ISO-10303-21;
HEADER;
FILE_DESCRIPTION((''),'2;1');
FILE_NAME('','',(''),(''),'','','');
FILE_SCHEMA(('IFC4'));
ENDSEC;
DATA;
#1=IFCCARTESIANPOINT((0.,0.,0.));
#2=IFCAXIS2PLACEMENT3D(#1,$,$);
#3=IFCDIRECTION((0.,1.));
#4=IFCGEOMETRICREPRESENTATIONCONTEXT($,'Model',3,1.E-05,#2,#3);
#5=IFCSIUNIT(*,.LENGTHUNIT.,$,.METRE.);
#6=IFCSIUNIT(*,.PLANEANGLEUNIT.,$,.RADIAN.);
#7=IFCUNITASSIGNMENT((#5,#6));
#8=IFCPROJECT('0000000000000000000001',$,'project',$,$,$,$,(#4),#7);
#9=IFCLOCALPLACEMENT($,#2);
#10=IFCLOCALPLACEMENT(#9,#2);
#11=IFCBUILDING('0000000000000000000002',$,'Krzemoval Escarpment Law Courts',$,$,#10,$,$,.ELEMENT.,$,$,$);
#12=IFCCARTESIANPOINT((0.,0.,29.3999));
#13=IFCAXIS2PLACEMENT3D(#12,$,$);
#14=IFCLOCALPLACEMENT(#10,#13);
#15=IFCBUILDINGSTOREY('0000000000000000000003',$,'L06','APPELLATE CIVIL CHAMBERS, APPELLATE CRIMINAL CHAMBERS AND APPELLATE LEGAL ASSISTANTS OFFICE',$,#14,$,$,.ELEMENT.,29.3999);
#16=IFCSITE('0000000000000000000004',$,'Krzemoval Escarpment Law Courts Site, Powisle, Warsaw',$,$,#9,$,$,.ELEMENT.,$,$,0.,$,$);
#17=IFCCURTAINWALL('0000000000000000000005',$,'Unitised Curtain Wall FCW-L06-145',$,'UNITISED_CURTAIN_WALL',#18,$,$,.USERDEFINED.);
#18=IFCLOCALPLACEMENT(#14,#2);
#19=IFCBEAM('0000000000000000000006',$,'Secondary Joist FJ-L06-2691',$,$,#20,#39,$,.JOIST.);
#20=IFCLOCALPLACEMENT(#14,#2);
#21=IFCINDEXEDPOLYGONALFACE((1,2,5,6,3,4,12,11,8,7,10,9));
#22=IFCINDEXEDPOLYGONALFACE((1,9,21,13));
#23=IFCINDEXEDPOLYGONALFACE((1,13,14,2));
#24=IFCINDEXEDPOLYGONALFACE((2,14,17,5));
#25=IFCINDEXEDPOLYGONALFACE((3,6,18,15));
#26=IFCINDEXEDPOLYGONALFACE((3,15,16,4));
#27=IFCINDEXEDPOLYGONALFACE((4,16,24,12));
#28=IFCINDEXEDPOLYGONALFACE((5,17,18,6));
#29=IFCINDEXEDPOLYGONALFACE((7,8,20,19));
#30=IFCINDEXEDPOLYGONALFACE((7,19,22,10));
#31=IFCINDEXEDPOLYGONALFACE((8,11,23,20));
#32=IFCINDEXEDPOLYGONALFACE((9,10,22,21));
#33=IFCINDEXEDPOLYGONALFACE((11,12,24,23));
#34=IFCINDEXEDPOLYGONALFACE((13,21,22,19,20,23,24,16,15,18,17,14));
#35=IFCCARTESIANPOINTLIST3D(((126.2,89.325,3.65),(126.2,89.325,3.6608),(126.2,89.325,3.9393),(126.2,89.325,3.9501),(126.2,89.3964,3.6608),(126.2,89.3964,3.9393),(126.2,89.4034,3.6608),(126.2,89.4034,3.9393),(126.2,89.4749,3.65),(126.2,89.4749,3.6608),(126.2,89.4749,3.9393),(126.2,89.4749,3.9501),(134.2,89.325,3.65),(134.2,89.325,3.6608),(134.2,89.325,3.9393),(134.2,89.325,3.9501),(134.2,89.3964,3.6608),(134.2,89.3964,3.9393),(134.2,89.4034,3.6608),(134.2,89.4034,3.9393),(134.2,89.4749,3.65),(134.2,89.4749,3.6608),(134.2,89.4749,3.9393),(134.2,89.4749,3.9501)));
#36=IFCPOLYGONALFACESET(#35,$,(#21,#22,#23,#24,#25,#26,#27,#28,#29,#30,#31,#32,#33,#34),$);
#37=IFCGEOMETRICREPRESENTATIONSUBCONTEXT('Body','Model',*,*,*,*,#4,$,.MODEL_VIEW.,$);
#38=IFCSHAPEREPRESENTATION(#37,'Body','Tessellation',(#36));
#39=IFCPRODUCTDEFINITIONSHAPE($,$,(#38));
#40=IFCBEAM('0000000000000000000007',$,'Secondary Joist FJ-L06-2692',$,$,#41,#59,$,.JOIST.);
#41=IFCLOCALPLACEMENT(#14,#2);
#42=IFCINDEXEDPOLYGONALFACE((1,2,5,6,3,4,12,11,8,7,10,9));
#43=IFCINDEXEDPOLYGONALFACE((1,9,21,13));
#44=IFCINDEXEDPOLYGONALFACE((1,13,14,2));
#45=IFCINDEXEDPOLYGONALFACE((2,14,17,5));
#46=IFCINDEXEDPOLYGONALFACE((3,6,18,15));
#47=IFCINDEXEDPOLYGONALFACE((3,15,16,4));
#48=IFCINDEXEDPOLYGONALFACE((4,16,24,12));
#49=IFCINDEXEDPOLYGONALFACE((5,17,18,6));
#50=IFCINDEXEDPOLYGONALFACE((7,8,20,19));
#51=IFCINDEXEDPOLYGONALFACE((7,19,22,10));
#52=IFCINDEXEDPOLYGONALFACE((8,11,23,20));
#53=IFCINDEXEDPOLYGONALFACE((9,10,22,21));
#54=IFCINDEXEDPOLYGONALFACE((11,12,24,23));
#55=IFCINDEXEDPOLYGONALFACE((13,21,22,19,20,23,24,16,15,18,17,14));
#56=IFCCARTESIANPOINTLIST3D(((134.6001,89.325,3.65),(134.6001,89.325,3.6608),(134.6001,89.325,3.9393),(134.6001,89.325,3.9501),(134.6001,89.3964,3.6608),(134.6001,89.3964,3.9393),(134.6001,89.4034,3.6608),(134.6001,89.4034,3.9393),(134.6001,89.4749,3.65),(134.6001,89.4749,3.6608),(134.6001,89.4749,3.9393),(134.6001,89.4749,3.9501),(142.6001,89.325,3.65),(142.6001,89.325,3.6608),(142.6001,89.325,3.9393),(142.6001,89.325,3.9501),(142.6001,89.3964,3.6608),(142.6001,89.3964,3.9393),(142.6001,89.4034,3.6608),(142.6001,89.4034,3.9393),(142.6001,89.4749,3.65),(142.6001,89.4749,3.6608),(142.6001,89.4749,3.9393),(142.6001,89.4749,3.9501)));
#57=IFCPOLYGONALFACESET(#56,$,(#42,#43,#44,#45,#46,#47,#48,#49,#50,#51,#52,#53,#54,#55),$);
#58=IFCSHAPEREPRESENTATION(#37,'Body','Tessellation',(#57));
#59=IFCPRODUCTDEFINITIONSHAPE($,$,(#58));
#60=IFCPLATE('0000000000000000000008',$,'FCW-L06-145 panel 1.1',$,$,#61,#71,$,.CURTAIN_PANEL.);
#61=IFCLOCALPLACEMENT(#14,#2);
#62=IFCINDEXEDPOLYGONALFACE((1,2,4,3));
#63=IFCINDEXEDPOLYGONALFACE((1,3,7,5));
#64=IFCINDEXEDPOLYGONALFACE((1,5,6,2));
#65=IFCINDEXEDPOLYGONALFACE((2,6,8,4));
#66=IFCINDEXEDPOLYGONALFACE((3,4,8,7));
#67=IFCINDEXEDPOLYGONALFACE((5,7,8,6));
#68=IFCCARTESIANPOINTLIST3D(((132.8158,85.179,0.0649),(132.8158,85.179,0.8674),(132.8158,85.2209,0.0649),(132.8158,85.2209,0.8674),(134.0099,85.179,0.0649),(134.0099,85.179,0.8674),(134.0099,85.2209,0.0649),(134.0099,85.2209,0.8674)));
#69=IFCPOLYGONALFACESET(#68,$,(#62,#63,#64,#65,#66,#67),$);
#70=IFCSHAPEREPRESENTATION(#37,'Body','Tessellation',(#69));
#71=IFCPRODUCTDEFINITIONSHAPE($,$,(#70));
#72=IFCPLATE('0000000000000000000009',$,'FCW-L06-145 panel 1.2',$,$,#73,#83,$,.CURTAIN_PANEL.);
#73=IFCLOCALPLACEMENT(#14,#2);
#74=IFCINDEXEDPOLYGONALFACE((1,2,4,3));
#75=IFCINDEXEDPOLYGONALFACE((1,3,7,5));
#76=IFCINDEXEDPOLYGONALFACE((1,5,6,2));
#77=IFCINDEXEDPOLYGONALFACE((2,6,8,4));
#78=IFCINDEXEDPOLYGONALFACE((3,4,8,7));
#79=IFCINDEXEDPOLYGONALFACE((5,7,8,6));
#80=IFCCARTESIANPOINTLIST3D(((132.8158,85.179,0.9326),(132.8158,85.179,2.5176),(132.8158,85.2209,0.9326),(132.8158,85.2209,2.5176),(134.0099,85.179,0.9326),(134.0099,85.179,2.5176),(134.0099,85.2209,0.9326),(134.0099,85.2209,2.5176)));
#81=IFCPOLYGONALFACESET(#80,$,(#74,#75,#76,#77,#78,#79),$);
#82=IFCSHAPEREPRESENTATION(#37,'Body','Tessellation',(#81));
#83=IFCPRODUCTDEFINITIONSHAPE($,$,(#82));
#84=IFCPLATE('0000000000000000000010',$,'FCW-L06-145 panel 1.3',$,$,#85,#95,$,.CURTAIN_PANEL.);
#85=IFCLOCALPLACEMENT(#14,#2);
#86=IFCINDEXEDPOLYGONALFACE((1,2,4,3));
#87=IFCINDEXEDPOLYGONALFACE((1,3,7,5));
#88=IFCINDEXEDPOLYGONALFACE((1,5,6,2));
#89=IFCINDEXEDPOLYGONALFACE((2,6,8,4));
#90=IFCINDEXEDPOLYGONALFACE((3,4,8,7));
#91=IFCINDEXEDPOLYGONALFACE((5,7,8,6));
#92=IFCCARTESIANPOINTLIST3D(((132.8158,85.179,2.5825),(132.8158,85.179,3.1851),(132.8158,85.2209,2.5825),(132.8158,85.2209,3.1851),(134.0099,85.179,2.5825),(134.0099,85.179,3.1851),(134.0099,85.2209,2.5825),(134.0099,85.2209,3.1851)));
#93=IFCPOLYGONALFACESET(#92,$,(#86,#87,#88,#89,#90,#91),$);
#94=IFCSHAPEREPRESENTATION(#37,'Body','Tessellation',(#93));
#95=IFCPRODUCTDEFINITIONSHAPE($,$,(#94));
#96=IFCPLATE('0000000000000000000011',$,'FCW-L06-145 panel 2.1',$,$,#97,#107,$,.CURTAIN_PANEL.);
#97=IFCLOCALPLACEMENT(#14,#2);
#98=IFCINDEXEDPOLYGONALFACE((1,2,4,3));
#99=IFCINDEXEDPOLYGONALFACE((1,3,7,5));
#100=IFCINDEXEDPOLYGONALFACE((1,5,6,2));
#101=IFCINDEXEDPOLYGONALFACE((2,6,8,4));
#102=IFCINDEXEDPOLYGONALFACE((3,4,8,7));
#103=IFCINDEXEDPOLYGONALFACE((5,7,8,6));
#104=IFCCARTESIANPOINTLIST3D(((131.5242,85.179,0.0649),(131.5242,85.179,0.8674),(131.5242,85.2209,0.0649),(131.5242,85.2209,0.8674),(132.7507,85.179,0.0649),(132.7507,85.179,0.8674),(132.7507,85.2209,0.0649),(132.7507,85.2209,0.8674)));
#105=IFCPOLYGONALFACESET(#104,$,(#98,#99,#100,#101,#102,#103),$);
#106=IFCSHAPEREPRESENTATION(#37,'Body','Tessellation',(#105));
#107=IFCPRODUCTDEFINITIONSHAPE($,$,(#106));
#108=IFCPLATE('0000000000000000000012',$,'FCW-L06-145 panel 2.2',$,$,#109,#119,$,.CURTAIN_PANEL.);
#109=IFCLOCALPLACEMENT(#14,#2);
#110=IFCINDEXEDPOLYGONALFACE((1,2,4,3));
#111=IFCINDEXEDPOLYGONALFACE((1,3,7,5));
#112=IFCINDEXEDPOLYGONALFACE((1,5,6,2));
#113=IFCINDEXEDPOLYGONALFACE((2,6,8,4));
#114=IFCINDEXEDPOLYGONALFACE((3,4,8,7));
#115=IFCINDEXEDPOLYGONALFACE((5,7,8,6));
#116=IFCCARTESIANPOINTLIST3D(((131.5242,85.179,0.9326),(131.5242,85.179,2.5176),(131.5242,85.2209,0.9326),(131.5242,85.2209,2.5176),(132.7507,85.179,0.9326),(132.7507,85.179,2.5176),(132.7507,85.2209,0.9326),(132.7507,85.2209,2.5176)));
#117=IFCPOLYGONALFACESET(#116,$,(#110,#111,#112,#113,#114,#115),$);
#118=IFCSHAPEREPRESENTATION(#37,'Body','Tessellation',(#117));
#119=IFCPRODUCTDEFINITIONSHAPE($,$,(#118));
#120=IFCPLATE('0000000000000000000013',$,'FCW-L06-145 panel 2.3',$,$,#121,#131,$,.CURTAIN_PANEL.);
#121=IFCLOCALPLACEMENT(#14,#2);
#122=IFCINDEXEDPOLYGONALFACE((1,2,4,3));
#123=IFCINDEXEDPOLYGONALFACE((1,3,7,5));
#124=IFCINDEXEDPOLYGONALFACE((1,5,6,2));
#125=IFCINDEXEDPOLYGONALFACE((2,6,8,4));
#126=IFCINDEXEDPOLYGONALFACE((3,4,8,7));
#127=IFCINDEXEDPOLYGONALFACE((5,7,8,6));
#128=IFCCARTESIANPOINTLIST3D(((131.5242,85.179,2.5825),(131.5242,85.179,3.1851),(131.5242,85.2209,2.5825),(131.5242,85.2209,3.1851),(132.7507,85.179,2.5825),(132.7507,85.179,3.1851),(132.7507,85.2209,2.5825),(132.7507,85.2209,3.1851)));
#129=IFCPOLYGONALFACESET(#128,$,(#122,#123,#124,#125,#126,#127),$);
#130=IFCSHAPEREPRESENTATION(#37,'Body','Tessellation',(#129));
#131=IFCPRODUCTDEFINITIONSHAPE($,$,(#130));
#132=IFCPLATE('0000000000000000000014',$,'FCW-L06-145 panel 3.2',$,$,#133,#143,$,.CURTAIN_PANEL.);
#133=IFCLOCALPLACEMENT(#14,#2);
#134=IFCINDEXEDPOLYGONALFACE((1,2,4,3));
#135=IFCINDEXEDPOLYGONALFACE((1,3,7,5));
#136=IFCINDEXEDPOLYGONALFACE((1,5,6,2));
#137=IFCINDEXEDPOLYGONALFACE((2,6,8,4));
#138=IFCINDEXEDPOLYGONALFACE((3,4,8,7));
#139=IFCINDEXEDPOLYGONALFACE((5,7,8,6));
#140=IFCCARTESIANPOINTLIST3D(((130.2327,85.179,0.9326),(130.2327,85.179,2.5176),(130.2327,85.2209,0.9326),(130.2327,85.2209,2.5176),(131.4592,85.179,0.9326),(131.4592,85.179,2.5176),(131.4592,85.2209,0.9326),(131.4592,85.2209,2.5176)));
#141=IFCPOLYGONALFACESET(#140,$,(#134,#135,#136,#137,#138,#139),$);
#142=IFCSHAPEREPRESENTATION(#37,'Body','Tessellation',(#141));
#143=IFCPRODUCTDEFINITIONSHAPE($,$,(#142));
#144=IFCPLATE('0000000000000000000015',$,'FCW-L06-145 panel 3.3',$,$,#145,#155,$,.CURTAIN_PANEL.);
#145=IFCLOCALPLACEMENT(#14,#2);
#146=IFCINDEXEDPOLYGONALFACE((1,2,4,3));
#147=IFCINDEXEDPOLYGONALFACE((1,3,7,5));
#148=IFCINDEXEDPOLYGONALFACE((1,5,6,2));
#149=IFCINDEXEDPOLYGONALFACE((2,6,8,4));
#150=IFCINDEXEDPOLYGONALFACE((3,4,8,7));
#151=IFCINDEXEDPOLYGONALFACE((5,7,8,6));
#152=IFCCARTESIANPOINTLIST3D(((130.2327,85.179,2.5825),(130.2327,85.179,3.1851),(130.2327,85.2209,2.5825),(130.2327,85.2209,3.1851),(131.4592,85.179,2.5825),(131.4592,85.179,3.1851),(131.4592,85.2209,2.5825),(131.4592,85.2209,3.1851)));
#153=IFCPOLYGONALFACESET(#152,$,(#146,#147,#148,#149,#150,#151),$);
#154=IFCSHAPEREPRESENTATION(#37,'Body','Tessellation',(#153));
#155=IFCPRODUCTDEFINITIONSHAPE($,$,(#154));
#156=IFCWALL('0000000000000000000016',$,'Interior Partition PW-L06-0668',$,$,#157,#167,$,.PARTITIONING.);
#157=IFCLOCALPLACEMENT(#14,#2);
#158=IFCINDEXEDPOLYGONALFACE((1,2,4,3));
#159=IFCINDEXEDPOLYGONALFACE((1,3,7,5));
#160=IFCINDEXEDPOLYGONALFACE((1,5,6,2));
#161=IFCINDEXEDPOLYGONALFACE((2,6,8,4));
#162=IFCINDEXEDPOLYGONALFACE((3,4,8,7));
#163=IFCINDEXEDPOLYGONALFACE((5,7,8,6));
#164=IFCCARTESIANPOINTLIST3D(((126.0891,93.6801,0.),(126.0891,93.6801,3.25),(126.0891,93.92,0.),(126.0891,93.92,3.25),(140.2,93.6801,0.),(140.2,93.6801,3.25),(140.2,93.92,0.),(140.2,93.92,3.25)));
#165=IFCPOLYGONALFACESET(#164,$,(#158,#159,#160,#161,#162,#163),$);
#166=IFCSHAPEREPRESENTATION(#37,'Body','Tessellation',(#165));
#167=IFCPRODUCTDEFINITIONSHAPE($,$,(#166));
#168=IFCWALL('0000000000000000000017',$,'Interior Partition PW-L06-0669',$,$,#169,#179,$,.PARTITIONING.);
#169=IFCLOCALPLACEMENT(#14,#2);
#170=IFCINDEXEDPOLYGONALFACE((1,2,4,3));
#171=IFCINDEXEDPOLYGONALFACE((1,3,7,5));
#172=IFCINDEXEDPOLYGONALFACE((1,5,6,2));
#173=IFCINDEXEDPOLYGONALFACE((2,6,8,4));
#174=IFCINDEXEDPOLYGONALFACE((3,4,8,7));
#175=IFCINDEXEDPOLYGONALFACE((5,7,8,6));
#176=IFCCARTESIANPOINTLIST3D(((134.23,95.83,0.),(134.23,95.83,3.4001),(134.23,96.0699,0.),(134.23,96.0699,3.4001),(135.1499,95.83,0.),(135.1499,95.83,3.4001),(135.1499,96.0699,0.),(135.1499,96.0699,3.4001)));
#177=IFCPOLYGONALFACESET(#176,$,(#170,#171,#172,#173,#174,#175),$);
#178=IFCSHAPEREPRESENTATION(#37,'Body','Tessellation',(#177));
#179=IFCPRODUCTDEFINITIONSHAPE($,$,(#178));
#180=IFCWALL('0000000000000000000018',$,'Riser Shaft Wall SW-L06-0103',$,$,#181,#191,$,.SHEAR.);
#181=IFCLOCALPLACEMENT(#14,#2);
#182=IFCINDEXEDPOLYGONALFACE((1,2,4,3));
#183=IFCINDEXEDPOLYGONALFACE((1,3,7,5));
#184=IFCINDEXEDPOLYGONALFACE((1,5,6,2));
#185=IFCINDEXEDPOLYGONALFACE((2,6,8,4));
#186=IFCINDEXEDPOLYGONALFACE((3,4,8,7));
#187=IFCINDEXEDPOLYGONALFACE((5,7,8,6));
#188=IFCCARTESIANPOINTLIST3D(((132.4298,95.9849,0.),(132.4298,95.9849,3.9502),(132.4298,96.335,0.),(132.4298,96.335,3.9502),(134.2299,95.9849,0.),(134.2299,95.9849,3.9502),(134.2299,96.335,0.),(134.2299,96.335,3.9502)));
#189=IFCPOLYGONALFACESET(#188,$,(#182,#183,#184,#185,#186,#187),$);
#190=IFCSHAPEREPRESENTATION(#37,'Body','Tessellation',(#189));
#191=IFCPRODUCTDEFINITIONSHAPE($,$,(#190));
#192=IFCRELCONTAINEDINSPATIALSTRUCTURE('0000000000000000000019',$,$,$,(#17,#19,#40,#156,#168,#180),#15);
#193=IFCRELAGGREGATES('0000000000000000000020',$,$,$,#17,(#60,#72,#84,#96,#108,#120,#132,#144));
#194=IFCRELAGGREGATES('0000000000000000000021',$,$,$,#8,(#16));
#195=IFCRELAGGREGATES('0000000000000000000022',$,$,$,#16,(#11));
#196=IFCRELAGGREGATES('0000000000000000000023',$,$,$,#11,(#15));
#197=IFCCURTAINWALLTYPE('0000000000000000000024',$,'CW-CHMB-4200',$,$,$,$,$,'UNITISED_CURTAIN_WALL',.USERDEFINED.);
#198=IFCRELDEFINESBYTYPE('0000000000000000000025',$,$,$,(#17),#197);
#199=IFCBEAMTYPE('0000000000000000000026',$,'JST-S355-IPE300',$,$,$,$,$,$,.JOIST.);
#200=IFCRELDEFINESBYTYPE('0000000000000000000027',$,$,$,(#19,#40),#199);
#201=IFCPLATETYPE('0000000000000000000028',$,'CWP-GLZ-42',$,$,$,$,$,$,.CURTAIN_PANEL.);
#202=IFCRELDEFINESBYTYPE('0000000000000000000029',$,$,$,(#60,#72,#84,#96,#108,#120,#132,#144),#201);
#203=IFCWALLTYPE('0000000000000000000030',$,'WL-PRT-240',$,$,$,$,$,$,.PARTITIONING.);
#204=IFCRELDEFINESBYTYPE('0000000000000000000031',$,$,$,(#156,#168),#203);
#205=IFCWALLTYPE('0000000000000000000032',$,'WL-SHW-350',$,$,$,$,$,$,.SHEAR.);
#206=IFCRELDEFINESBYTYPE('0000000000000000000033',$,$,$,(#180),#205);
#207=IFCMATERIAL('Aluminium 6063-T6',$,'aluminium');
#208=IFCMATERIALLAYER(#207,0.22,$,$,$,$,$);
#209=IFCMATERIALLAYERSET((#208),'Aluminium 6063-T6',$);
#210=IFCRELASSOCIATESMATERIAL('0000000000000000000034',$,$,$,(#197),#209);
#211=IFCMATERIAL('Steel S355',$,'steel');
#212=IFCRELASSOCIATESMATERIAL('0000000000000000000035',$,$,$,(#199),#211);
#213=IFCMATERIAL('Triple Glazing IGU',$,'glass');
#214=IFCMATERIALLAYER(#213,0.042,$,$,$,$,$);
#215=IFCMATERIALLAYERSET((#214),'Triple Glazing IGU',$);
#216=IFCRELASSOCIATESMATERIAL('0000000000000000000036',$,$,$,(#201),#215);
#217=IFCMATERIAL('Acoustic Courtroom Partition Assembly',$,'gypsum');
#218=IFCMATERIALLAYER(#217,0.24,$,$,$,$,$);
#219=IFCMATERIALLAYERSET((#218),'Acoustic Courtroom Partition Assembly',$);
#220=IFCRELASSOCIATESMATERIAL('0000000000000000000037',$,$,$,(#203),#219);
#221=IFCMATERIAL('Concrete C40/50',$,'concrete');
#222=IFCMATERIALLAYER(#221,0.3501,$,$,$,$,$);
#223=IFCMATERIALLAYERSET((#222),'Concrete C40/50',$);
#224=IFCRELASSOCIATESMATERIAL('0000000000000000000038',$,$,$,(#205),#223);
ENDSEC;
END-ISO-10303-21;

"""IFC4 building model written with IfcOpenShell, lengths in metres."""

from ifc_helpers import new_model, si_unit, direction, frame, frame_2d, origin, origin_2d, place, context, subcontext, project, spatial, rectangle, i_section, extrude, material, layer, layer_set, material_profile, profile_set, type_object, element, aggregate, save


model = new_model("IFC4")

# Units and contexts
model_context = context("Model", 3, precision=1e-05, world=origin(), true_north=direction((0.0, 1.0)))
body_context = subcontext(model_context, "Body", "Model", "MODEL_VIEW")
ifc_project = project(units=[si_unit("LENGTHUNIT", "METRE"), si_unit("PLANEANGLEUNIT", "RADIAN")], contexts=[model_context])

# Site, building, storey
site_placement = place(None, origin())
site = spatial("IfcSite", under=ifc_project, at=site_placement, Name="Krzemoval Escarpment Law Courts Site, Powisle, Warsaw", CompositionType="ELEMENT", RefElevation=0.0)
building_placement = place(site_placement, origin())
building = spatial("IfcBuilding", under=site, at=building_placement, Name="Krzemoval Escarpment Law Courts", CompositionType="ELEMENT")
storey_placement = place(building_placement, frame((0.0, 0.0, 29.3999)))
storey = spatial("IfcBuildingStorey", under=building, at=storey_placement, Name="L06", Description="APPELLATE CIVIL CHAMBERS, APPELLATE CRIMINAL CHAMBERS AND APPELLATE LEGAL ASSISTANTS OFFICE", CompositionType="ELEMENT", Elevation=29.3999)

# Curtain wall
ifc_material_1 = material(Name="Aluminium 6063-T6", Category="aluminium")
ifc_layer_1 = layer(ifc_material_1, 0.22)
ifc_layer_set_1 = layer_set([ifc_layer_1], Name="Aluminium 6063-T6")
curtain_wall_type = type_object("IfcCurtainWallType", Name="CW-CHMB-4200", ElementType="UNITISED_CURTAIN_WALL", PredefinedType="USERDEFINED", material=ifc_layer_set_1)
curtain_wall_placement = place(storey_placement, origin())
curtain_wall = element("IfcCurtainWall", 1, at=curtain_wall_placement, inside=storey, type_object=curtain_wall_type, Name="Unitised Curtain Wall FCW-L06-145", ObjectType="UNITISED_CURTAIN_WALL", PredefinedType="USERDEFINED")

# Beams
ifc_material_2 = material(Name="Steel S355", Category="steel")
ifc_material_profile_1 = material_profile(ifc_material_2, i_section(OverallWidth=0.1499, OverallDepth=0.3, WebThickness=0.0071, FlangeThickness=0.0107, at=origin_2d()), Name="IPE 300")
ifc_profile_set_1 = profile_set([ifc_material_profile_1], Name="Steel S355")
beam_type_1 = type_object("IfcBeamType", Name="JST-S355-IPE300", PredefinedType="JOIST", material=ifc_profile_set_1)
for number, where, z_axis, x_axis, name in (
    (2, (126.2, 89.3999, 3.8), (1.0, 0.0, 0.0), (0.0, 1.0, 0.0), "Secondary Joist FJ-L06-2691"),
    (3, (134.6001, 89.3999, 3.8), (1.0, 0.0, 0.0), (0.0, 1.0, 0.0), "Secondary Joist FJ-L06-2692"),
):
    element("IfcBeam", number, at=place(storey_placement, frame(where, z_axis=z_axis, x_axis=x_axis)), inside=storey, type_object=beam_type_1, Name=name, PredefinedType="JOIST", context=body_context, shape_type="SweptSolid", body=[
        extrude(i_section(OverallWidth=0.1499, OverallDepth=0.3, WebThickness=0.0071, FlangeThickness=0.0107, at=origin_2d()), origin(), (0.0, 0.0, 1.0), 8.0),
    ])

# Plates
ifc_material_3 = material(Name="Triple Glazing IGU", Category="glass")
ifc_layer_2 = layer(ifc_material_3, 0.042)
ifc_layer_set_2 = layer_set([ifc_layer_2], Name="Triple Glazing IGU")
plate_type = type_object("IfcPlateType", Name="CWP-GLZ-42", PredefinedType="CURTAIN_PANEL", material=ifc_layer_set_2)
plate_1_placement = place(storey_placement, frame((133.4128, 85.2, 0.0649), z_axis=(0.0, 0.0, 1.0), x_axis=(-1.0, 0.0, 0.0)))
plate_1 = element("IfcPlate", 4, at=plate_1_placement, type_object=plate_type, Name="FCW-L06-145 panel 1.1", PredefinedType="CURTAIN_PANEL", context=body_context, shape_type="SweptSolid", body=[
    extrude(rectangle(XDim=1.1941, YDim=0.042, at=origin_2d()), origin(), (0.0, 0.0, 1.0), 0.8025),
])
plate_2_placement = place(storey_placement, frame((133.4128, 85.2, 0.9326), z_axis=(0.0, 0.0, 1.0), x_axis=(-1.0, 0.0, 0.0)))
plate_2 = element("IfcPlate", 5, at=plate_2_placement, type_object=plate_type, Name="FCW-L06-145 panel 1.2", PredefinedType="CURTAIN_PANEL", context=body_context, shape_type="SweptSolid", body=[
    extrude(rectangle(XDim=1.1941, YDim=0.042, at=origin_2d()), origin(), (0.0, 0.0, 1.0), 1.585),
])
plate_3_placement = place(storey_placement, frame((133.4128, 85.2, 2.5825), z_axis=(0.0, 0.0, 1.0), x_axis=(-1.0, 0.0, 0.0)))
plate_3 = element("IfcPlate", 6, at=plate_3_placement, type_object=plate_type, Name="FCW-L06-145 panel 1.3", PredefinedType="CURTAIN_PANEL", context=body_context, shape_type="SweptSolid", body=[
    extrude(rectangle(XDim=1.1941, YDim=0.042, at=origin_2d()), origin(), (0.0, 0.0, 1.0), 0.6025),
])
plate_4_placement = place(storey_placement, frame((132.1375, 85.2, 0.0649), z_axis=(0.0, 0.0, 1.0), x_axis=(-1.0, 0.0, 0.0)))
plate_4 = element("IfcPlate", 7, at=plate_4_placement, type_object=plate_type, Name="FCW-L06-145 panel 2.1", PredefinedType="CURTAIN_PANEL", context=body_context, shape_type="SweptSolid", body=[
    extrude(rectangle(XDim=1.2266, YDim=0.042, at=origin_2d()), origin(), (0.0, 0.0, 1.0), 0.8025),
])
plate_5_placement = place(storey_placement, frame((132.1375, 85.2, 0.9326), z_axis=(0.0, 0.0, 1.0), x_axis=(-1.0, 0.0, 0.0)))
plate_5 = element("IfcPlate", 8, at=plate_5_placement, type_object=plate_type, Name="FCW-L06-145 panel 2.2", PredefinedType="CURTAIN_PANEL", context=body_context, shape_type="SweptSolid", body=[
    extrude(rectangle(XDim=1.2266, YDim=0.042, at=origin_2d()), origin(), (0.0, 0.0, 1.0), 1.585),
])
plate_6_placement = place(storey_placement, frame((132.1375, 85.2, 2.5825), z_axis=(0.0, 0.0, 1.0), x_axis=(-1.0, 0.0, 0.0)))
plate_6 = element("IfcPlate", 9, at=plate_6_placement, type_object=plate_type, Name="FCW-L06-145 panel 2.3", PredefinedType="CURTAIN_PANEL", context=body_context, shape_type="SweptSolid", body=[
    extrude(rectangle(XDim=1.2266, YDim=0.042, at=origin_2d()), origin(), (0.0, 0.0, 1.0), 0.6025),
])
plate_7_placement = place(storey_placement, frame((130.8459, 85.2, 0.9326), z_axis=(0.0, 0.0, 1.0), x_axis=(-1.0, 0.0, 0.0)))
plate_7 = element("IfcPlate", 10, at=plate_7_placement, type_object=plate_type, Name="FCW-L06-145 panel 3.2", PredefinedType="CURTAIN_PANEL", context=body_context, shape_type="SweptSolid", body=[
    extrude(rectangle(XDim=1.2266, YDim=0.042, at=origin_2d()), origin(), (0.0, 0.0, 1.0), 1.585),
])
plate_8_placement = place(storey_placement, frame((130.8459, 85.2, 2.5825), z_axis=(0.0, 0.0, 1.0), x_axis=(-1.0, 0.0, 0.0)))
plate_8 = element("IfcPlate", 11, at=plate_8_placement, type_object=plate_type, Name="FCW-L06-145 panel 3.3", PredefinedType="CURTAIN_PANEL", context=body_context, shape_type="SweptSolid", body=[
    extrude(rectangle(XDim=1.2266, YDim=0.042, at=origin_2d()), origin(), (0.0, 0.0, 1.0), 0.6025),
])
aggregate(curtain_wall, [plate_1, plate_2, plate_3, plate_4, plate_5, plate_6, plate_7, plate_8])

# Walls
ifc_material_4 = material(Name="Acoustic Courtroom Partition Assembly", Category="gypsum")
ifc_layer_3 = layer(ifc_material_4, 0.24)
ifc_layer_set_3 = layer_set([ifc_layer_3], Name="Acoustic Courtroom Partition Assembly")
wall_type_1 = type_object("IfcWallType", Name="WL-PRT-240", PredefinedType="PARTITIONING", material=ifc_layer_set_3)
wall_1_placement = place(storey_placement, frame((126.0891, 93.8, 0.0), z_axis=(0.0, 0.0, 1.0), x_axis=(1.0, 0.0, 0.0)))
element("IfcWall", 12, at=wall_1_placement, inside=storey, type_object=wall_type_1, Name="Interior Partition PW-L06-0668", PredefinedType="PARTITIONING", context=body_context, shape_type="SweptSolid", body=[
    extrude(rectangle(XDim=14.1108, YDim=0.24, at=frame_2d((7.0554, 0.0))), origin(), (0.0, 0.0, 1.0), 3.25),
])
wall_2_placement = place(storey_placement, frame((134.23, 95.95, 0.0), z_axis=(0.0, 0.0, 1.0), x_axis=(1.0, 0.0, 0.0)))
element("IfcWall", 13, at=wall_2_placement, inside=storey, type_object=wall_type_1, Name="Interior Partition PW-L06-0669", PredefinedType="PARTITIONING", context=body_context, shape_type="SweptSolid", body=[
    extrude(rectangle(XDim=0.9199, YDim=0.24, at=frame_2d((0.46, 0.0))), origin(), (0.0, 0.0, 1.0), 3.4001),
])
ifc_material_5 = material(Name="Concrete C40/50", Category="concrete")
ifc_layer_4 = layer(ifc_material_5, 0.3501)
ifc_layer_set_4 = layer_set([ifc_layer_4], Name="Concrete C40/50")
wall_type_2 = type_object("IfcWallType", Name="WL-SHW-350", PredefinedType="SHEAR", material=ifc_layer_set_4)
wall_3_placement = place(storey_placement, frame((132.4299, 96.1599, 0.0), z_axis=(0.0, 0.0, 1.0), x_axis=(1.0, 0.0, 0.0)))
element("IfcWall", 14, at=wall_3_placement, inside=storey, type_object=wall_type_2, Name="Riser Shaft Wall SW-L06-0103", PredefinedType="SHEAR", context=body_context, shape_type="SweptSolid", body=[
    extrude(rectangle(XDim=1.8, YDim=0.3501, at=frame_2d((0.8999, 0.0))), origin(), (0.0, 0.0, 1.0), 3.9502),
])

save(model, "model.ifc")
